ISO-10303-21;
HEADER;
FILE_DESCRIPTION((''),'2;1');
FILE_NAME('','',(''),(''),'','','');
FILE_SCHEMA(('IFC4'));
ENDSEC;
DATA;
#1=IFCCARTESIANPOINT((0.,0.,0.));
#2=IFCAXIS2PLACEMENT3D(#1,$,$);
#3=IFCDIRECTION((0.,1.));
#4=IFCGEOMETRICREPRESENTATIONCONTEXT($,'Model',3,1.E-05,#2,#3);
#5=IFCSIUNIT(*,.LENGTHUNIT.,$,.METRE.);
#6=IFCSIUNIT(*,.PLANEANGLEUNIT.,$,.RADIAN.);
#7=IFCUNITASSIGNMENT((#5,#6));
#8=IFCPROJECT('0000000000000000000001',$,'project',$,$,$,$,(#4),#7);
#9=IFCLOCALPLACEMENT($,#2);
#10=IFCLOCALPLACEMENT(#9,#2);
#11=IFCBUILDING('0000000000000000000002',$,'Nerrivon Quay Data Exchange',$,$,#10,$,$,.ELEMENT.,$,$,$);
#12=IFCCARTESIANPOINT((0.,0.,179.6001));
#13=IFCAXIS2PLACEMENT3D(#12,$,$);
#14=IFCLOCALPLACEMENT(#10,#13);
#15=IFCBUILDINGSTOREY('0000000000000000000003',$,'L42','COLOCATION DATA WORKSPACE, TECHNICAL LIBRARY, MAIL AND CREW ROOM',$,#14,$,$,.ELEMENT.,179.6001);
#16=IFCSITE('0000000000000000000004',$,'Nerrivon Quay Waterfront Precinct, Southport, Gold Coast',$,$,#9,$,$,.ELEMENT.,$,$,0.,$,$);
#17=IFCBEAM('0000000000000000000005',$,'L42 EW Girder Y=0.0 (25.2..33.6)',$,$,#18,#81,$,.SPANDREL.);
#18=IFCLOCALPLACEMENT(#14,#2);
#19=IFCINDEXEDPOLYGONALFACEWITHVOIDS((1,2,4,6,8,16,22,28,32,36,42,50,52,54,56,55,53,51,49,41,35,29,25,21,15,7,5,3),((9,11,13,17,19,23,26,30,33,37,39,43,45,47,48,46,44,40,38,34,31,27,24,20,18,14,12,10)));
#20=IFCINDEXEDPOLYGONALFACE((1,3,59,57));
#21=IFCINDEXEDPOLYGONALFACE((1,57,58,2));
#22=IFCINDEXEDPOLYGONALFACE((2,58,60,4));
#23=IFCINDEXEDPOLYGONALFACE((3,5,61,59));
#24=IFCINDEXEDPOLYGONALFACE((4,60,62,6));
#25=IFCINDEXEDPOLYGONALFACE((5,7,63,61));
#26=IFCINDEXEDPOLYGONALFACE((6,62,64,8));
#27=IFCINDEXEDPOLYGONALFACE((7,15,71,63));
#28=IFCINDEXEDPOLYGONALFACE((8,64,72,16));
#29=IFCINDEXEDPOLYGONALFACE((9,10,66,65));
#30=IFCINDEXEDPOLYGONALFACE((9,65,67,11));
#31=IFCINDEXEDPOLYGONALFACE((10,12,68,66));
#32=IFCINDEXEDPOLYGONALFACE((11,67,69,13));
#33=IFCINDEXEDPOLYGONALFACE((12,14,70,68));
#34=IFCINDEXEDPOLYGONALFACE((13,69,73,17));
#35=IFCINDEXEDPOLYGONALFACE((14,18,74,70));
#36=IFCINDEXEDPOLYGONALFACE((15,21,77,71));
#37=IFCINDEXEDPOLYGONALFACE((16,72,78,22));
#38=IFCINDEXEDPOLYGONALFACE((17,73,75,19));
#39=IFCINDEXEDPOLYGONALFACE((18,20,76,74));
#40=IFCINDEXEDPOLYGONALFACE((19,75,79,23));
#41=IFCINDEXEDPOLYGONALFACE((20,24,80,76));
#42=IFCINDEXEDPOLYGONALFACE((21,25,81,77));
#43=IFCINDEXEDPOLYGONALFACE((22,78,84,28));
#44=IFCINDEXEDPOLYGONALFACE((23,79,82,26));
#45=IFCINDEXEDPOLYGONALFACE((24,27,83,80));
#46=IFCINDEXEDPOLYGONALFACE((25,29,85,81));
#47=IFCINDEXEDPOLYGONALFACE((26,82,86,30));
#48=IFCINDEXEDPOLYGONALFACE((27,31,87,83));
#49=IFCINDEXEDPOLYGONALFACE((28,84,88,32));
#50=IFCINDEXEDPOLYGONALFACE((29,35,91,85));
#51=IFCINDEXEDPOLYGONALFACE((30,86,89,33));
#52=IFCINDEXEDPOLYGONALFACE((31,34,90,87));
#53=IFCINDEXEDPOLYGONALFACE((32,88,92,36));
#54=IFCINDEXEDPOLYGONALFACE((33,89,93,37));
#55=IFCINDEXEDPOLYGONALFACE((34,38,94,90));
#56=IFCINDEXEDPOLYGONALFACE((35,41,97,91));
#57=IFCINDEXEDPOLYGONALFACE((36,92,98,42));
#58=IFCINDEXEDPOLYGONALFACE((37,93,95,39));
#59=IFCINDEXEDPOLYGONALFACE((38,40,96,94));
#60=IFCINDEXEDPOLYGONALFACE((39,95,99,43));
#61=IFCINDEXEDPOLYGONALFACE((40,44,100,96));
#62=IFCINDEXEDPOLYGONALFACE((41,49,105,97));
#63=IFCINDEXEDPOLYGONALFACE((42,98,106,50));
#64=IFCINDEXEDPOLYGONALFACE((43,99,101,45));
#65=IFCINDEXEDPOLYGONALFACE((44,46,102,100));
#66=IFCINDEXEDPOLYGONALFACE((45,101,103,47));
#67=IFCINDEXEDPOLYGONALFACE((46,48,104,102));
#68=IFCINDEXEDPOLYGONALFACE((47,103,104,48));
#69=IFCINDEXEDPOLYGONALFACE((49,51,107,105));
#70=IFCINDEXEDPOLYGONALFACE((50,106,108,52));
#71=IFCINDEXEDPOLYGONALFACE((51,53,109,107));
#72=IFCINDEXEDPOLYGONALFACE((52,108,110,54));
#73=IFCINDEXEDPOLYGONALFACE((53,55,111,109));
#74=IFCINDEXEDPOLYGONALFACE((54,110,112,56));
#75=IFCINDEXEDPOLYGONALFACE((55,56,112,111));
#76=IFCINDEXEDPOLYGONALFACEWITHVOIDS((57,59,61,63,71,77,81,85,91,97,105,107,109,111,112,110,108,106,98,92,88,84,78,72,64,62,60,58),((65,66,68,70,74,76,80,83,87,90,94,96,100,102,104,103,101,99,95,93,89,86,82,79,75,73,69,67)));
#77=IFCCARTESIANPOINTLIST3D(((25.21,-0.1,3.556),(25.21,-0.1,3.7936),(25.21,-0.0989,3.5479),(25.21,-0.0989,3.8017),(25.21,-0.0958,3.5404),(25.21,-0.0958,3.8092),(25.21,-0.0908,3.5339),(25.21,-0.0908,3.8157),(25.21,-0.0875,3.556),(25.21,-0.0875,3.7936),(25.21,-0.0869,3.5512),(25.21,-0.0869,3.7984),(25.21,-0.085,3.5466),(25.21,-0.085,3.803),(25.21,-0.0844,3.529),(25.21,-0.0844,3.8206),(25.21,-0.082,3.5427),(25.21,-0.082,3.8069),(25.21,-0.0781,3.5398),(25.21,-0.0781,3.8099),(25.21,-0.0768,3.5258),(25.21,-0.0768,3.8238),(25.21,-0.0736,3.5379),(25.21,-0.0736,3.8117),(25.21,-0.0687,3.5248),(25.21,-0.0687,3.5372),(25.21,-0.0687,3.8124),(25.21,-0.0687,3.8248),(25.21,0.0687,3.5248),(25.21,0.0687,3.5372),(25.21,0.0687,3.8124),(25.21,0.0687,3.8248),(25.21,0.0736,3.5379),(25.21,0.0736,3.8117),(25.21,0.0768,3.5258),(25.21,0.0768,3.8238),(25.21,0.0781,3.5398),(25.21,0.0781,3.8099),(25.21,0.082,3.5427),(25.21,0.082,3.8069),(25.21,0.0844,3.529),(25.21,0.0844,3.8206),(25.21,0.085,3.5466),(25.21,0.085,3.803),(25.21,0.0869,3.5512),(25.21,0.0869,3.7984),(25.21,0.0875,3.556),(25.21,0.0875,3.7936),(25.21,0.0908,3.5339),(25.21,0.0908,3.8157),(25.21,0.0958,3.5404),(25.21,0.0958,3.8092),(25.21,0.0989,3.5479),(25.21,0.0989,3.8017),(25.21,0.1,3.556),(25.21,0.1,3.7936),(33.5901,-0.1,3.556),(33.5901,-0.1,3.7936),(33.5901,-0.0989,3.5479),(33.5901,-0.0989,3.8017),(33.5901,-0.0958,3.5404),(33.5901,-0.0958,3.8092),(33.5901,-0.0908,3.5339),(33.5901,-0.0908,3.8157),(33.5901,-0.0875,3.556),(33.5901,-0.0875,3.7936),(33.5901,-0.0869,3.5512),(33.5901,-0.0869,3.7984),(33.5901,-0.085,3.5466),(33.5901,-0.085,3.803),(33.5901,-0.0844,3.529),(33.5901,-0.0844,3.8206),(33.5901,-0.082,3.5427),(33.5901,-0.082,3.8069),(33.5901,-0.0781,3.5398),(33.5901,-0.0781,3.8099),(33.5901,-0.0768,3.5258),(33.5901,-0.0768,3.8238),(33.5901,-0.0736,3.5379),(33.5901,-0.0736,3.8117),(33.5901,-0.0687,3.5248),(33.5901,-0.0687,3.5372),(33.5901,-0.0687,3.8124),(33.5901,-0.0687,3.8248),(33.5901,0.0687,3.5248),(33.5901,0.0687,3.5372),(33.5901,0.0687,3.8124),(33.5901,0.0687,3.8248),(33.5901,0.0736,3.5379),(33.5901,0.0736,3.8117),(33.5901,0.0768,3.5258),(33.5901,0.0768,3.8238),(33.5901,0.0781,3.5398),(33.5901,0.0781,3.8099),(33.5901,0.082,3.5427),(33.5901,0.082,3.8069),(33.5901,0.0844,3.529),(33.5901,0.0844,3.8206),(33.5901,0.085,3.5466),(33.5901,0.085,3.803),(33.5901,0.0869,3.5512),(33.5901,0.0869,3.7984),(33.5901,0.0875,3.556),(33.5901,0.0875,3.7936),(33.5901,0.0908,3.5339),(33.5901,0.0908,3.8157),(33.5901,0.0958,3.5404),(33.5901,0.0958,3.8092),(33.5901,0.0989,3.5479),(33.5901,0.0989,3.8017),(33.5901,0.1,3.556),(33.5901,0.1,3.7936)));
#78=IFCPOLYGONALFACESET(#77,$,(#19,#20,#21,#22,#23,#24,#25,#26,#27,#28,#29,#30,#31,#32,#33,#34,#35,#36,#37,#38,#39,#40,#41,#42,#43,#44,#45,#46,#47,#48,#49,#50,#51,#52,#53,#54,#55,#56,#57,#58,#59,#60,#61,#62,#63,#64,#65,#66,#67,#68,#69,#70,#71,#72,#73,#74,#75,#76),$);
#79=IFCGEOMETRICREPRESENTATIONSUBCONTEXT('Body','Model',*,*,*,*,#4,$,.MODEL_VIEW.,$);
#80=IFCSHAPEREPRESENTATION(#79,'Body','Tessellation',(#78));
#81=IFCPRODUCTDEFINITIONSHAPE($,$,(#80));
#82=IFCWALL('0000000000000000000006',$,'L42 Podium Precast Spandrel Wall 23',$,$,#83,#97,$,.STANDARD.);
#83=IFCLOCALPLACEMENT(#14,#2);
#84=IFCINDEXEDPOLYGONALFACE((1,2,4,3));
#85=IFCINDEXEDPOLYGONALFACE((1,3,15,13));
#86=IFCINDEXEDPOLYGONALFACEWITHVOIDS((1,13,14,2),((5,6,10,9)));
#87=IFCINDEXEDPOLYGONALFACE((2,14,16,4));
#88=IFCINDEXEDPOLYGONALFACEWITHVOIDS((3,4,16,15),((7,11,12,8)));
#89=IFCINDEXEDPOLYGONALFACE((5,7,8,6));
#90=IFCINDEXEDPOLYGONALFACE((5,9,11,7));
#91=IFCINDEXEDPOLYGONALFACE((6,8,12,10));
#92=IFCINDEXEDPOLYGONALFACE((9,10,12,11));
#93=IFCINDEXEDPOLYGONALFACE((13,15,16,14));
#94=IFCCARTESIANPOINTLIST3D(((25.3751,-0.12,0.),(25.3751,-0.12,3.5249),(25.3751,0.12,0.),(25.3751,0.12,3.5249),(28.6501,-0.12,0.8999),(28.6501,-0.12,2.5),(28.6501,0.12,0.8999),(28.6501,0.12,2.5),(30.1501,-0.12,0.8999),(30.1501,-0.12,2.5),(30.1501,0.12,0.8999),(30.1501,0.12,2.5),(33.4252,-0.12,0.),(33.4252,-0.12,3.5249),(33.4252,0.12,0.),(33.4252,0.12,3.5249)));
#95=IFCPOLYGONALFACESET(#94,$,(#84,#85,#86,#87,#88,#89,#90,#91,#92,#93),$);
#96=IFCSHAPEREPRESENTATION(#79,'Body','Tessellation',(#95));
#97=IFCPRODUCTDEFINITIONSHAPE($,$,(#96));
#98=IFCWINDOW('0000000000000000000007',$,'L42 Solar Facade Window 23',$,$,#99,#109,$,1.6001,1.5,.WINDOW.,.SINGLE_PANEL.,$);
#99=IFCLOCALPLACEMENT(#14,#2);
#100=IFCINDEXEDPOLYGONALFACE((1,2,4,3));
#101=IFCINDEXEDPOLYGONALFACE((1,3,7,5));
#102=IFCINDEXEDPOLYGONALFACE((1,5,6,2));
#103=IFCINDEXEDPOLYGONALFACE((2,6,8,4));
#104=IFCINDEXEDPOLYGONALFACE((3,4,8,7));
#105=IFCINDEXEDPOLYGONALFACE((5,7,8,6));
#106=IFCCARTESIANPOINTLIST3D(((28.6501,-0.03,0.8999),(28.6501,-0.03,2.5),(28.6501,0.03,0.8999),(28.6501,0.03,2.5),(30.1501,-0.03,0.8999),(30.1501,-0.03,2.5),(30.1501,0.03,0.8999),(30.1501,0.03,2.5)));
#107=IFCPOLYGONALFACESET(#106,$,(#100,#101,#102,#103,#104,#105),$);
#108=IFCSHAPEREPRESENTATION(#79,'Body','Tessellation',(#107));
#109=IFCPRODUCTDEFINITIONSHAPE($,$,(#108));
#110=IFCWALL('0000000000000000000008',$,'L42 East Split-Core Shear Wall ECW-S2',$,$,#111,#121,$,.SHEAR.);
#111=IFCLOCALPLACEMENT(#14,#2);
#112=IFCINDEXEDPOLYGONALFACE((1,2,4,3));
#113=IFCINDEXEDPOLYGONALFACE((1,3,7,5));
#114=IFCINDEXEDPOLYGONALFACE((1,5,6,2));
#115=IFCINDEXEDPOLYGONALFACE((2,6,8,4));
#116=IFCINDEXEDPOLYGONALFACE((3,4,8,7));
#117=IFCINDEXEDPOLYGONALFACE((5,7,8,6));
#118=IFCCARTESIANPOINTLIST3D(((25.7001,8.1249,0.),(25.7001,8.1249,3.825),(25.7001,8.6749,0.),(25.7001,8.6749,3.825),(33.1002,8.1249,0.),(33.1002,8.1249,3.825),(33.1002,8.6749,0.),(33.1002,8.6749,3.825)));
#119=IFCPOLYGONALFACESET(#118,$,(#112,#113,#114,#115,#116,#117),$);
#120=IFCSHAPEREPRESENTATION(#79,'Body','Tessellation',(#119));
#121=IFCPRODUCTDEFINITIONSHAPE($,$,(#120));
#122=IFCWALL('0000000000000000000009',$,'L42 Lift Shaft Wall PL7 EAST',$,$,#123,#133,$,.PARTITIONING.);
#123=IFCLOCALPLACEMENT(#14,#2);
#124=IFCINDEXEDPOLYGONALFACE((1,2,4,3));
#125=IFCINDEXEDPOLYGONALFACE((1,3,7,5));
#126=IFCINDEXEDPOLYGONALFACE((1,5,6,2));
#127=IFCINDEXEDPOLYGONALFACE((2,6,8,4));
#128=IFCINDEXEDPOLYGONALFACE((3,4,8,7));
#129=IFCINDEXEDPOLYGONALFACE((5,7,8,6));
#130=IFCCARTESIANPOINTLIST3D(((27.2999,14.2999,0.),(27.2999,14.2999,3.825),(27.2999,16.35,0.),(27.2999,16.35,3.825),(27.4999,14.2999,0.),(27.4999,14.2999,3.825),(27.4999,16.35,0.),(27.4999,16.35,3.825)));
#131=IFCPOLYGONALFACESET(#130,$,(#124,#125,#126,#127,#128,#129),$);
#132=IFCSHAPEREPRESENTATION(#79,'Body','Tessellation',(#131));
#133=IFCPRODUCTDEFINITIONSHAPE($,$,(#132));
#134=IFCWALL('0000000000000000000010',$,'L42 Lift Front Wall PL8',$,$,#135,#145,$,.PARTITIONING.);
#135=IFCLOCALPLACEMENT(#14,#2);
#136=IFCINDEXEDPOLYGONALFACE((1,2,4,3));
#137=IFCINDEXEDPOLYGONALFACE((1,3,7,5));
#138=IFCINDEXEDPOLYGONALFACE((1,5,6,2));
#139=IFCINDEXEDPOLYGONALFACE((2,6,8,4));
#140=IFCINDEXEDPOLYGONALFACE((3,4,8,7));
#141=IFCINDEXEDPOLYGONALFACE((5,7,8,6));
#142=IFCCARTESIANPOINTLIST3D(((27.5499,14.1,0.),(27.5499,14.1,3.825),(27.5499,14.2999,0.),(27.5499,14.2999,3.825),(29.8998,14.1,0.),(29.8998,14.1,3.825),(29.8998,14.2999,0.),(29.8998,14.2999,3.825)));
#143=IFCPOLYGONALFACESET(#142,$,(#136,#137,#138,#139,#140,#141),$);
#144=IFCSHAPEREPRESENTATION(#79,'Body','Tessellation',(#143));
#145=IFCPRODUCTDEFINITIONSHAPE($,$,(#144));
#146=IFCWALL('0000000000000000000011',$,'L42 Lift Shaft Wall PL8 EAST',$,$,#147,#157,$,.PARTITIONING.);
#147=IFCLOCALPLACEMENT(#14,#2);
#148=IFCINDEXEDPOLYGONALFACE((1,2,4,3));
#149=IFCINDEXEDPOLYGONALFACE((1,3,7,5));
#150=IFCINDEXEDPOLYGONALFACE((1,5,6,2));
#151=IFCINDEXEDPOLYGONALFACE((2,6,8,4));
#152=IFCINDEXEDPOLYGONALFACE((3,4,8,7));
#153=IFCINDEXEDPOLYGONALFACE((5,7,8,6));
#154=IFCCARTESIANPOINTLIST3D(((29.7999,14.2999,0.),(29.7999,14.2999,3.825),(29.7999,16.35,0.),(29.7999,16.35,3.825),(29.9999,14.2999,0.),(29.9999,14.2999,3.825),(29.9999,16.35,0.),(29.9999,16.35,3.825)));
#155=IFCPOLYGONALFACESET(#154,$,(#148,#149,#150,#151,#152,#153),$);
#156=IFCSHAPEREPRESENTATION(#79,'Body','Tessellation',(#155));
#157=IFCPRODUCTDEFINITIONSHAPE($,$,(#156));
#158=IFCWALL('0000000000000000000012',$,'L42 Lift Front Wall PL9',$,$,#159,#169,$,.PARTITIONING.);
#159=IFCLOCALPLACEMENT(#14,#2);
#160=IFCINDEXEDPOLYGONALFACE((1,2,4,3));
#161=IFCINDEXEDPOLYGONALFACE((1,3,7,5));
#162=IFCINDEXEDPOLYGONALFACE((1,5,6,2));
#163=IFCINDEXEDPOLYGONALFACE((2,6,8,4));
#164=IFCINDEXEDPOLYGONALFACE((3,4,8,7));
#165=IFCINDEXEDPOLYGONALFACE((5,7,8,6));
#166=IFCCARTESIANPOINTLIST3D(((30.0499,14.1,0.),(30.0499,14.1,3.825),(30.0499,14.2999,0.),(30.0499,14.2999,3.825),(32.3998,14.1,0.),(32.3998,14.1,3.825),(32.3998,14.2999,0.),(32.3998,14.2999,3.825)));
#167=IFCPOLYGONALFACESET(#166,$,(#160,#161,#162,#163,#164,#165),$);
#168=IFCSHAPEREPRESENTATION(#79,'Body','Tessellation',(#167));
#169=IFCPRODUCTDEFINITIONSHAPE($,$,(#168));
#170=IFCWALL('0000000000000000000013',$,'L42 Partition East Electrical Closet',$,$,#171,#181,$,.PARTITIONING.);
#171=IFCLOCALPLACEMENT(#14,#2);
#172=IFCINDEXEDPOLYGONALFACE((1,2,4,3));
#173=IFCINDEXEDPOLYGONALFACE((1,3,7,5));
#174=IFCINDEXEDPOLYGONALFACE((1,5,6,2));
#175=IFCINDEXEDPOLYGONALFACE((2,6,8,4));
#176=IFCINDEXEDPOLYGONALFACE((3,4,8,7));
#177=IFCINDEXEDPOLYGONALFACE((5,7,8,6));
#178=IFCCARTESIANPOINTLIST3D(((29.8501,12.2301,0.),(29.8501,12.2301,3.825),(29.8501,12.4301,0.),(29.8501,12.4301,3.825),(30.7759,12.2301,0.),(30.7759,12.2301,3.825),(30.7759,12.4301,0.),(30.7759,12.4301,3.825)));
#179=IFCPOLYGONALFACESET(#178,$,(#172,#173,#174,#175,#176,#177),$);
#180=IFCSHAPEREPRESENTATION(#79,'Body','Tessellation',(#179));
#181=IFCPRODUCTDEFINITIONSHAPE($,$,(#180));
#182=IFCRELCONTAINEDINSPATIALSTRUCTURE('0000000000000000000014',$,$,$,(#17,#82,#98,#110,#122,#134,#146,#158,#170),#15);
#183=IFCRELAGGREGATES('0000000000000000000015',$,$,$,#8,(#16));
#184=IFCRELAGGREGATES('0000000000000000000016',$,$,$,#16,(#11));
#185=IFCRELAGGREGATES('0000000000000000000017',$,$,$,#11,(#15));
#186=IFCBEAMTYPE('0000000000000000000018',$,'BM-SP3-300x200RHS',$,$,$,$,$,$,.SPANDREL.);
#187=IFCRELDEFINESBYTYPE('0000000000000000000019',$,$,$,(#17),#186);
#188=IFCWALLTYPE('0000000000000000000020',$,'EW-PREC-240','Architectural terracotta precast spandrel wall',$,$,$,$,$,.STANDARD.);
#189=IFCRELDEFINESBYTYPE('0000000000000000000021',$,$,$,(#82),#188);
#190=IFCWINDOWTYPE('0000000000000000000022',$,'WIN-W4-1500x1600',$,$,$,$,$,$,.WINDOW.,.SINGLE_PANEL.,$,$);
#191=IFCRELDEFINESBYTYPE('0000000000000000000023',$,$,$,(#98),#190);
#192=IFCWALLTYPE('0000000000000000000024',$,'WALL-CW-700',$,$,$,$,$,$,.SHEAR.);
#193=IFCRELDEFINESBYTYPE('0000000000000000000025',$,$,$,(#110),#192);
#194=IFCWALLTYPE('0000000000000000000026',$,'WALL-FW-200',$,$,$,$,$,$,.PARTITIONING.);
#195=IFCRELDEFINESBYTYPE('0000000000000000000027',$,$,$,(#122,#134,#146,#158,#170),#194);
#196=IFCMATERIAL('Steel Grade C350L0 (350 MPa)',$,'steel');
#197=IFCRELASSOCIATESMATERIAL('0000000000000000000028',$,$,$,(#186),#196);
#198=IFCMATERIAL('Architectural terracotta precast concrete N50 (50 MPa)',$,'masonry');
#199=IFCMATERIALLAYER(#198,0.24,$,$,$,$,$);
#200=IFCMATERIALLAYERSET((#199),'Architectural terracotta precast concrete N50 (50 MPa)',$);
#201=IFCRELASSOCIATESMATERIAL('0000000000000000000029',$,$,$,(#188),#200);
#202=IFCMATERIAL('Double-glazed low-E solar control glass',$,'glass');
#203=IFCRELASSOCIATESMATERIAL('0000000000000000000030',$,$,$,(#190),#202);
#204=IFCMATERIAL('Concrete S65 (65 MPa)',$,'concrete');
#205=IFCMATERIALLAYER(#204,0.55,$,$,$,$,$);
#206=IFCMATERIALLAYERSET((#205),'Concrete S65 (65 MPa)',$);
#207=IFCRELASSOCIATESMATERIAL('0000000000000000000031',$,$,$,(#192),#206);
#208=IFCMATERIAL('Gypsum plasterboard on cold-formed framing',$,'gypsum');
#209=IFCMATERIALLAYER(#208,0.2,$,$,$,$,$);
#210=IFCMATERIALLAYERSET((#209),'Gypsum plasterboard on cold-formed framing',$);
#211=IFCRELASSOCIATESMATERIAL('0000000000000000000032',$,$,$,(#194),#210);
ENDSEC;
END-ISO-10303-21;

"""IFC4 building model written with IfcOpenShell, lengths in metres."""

from ifc_helpers import new_model, si_unit, direction, frame, frame_2d, origin, origin_2d, place, context, subcontext, project, spatial, rectangle, hollow_rectangle, extrude, material, layer, layer_set, material_profile, profile_set, type_object, element, fill, save


model = new_model("IFC4")

# Units and contexts
model_context = context("Model", 3, precision=1e-05, world=origin(), true_north=direction((0.0, 1.0)))
body_context = subcontext(model_context, "Body", "Model", "MODEL_VIEW")
ifc_project = project(units=[si_unit("LENGTHUNIT", "METRE"), si_unit("PLANEANGLEUNIT", "RADIAN")], contexts=[model_context])

# Site, building, storey
site_placement = place(None, origin())
site = spatial("IfcSite", under=ifc_project, at=site_placement, Name="Nerrivon Quay Waterfront Precinct, Southport, Gold Coast", CompositionType="ELEMENT", RefElevation=0.0)
building_placement = place(site_placement, origin())
building = spatial("IfcBuilding", under=site, at=building_placement, Name="Nerrivon Quay Data Exchange", CompositionType="ELEMENT")
storey_placement = place(building_placement, frame((0.0, 0.0, 179.6001)))
storey = spatial("IfcBuildingStorey", under=building, at=storey_placement, Name="L42", Description="COLOCATION DATA WORKSPACE, TECHNICAL LIBRARY, MAIL AND CREW ROOM", CompositionType="ELEMENT", Elevation=179.6001)

# Shared definitions
ifc_material_1 = material(Name="Concrete S65 (65 MPa)", Category="concrete")

# Beam
ifc_material_2 = material(Name="Steel Grade C350L0 (350 MPa)", Category="steel")
ifc_material_profile_1 = material_profile(ifc_material_2, hollow_rectangle(XDim=0.2, YDim=0.3, WallThickness=0.0125, InnerFilletRadius=0.0188, OuterFilletRadius=0.0312, at=origin_2d()), Name="300x200x12.5RHS")
ifc_profile_set_1 = profile_set([ifc_material_profile_1], Name="Steel Grade C350L0 (350 MPa)")
beam_type_1 = type_object("IfcBeamType", Name="BM-SP3-300x200RHS", PredefinedType="SPANDREL", material=ifc_profile_set_1)
beam_1_placement = place(storey_placement, frame((25.21, 0.0, 3.6748), z_axis=(1.0, 0.0, 0.0), x_axis=(0.0, 1.0, 0.0)))
element("IfcBeam", 1, at=beam_1_placement, inside=storey, type_object=beam_type_1, Name="L42 EW Girder Y=0.0 (25.2..33.6)", PredefinedType="SPANDREL", context=body_context, shape_type="SweptSolid", body=[
    extrude(hollow_rectangle(XDim=0.2, YDim=0.3, WallThickness=0.0125, InnerFilletRadius=0.0188, OuterFilletRadius=0.0312, at=origin_2d()), origin(), (0.0, 0.0, 1.0), 8.3801),
])

# Wall, opening, window
ifc_material_3 = material(Name="Architectural terracotta precast concrete N50 (50 MPa)", Category="masonry")
ifc_layer_1 = layer(ifc_material_3, 0.24)
ifc_layer_set_1 = layer_set([ifc_layer_1], Name="Architectural terracotta precast concrete N50 (50 MPa)")
wall_type_1 = type_object("IfcWallType", Name="EW-PREC-240", Description="Architectural terracotta precast spandrel wall", PredefinedType="STANDARD", material=ifc_layer_set_1)
wall_1_placement = place(storey_placement, frame((33.425, 0.0, 0.0), z_axis=(0.0, 0.0, 1.0), x_axis=(-1.0, 0.0, 0.0)))
wall_1 = element("IfcWall", 2, at=wall_1_placement, inside=storey, type_object=wall_type_1, Name="L42 Podium Precast Spandrel Wall 23", PredefinedType="STANDARD", context=body_context, shape_type="SweptSolid", body=[
    extrude(rectangle(XDim=8.05, YDim=0.24, at=frame_2d((4.0249, 0.0))), origin(), (0.0, 0.0, 1.0), 3.5249),
])
opening_1_placement = place(wall_1_placement, frame((3.2749, 0.0, 0.8999)))
opening_1 = element("IfcOpeningElement", 3, at=opening_1_placement, cuts=wall_1, PredefinedType="OPENING", context=body_context, shape_type="SweptSolid", body=[
    extrude(rectangle(XDim=1.5, YDim=1.6001, at=frame_2d((0.75, 0.8))), frame((0.0, 0.1299, 0.0), z_axis=(0.0, -1.0, 0.0), x_axis=(1.0, 0.0, 0.0)), (0.0, 0.0, 1.0), 0.26),
])
ifc_material_4 = material(Name="Double-glazed low-E solar control glass", Category="glass")
window_type = type_object("IfcWindowType", Name="WIN-W4-1500x1600", PartitioningType="SINGLE_PANEL", PredefinedType="WINDOW", material=ifc_material_4)
window_placement = place(opening_1_placement, origin())
window = element("IfcWindow", 4, at=window_placement, inside=storey, type_object=window_type, Name="L42 Solar Facade Window 23", OverallHeight=1.6001, OverallWidth=1.5, PartitioningType="SINGLE_PANEL", PredefinedType="WINDOW", context=body_context, shape_type="SweptSolid", body=[
    extrude(rectangle(XDim=1.5, YDim=1.6001, at=frame_2d((0.75, 0.8))), frame((0.0, 0.03, 0.0), z_axis=(0.0, -1.0, 0.0), x_axis=(1.0, 0.0, 0.0)), (0.0, 0.0, 1.0), 0.0601),
])
fill(opening_1, window)

# Wall
ifc_layer_2 = layer(ifc_material_1, 0.55)
ifc_layer_set_2 = layer_set([ifc_layer_2], Name="Concrete S65 (65 MPa)")
wall_type_2 = type_object("IfcWallType", Name="WALL-CW-700", PredefinedType="SHEAR", material=ifc_layer_set_2)
wall_2_placement = place(storey_placement, frame((25.7, 8.3999, 0.0), z_axis=(0.0, 0.0, 1.0), x_axis=(1.0, 0.0, 0.0)))
element("IfcWall", 5, at=wall_2_placement, inside=storey, type_object=wall_type_2, Name="L42 East Split-Core Shear Wall ECW-S2", PredefinedType="SHEAR", context=body_context, shape_type="SweptSolid", body=[
    extrude(rectangle(XDim=7.4001, YDim=0.55, at=frame_2d((3.7002, 0.0))), origin(), (0.0, 0.0, 1.0), 3.825),
])

# Walls
ifc_material_5 = material(Name="Gypsum plasterboard on cold-formed framing", Category="gypsum")
ifc_layer_3 = layer(ifc_material_5, 0.2)
ifc_layer_set_3 = layer_set([ifc_layer_3], Name="Gypsum plasterboard on cold-formed framing")
wall_type_3 = type_object("IfcWallType", Name="WALL-FW-200", PredefinedType="PARTITIONING", material=ifc_layer_set_3)
wall_3_placement = place(storey_placement, frame((27.3999, 14.3, 0.0), z_axis=(0.0, 0.0, 1.0), x_axis=(0.0, 1.0, 0.0)))
element("IfcWall", 6, at=wall_3_placement, inside=storey, type_object=wall_type_3, Name="L42 Lift Shaft Wall PL7 EAST", PredefinedType="PARTITIONING", context=body_context, shape_type="SweptSolid", body=[
    extrude(rectangle(XDim=2.05, YDim=0.2, at=frame_2d((1.0249, 0.0))), origin(), (0.0, 0.0, 1.0), 3.825),
])
wall_4_placement = place(storey_placement, frame((27.55, 14.2, 0.0), z_axis=(0.0, 0.0, 1.0), x_axis=(1.0, 0.0, 0.0)))
element("IfcWall", 7, at=wall_4_placement, inside=storey, type_object=wall_type_3, Name="L42 Lift Front Wall PL8", PredefinedType="PARTITIONING", context=body_context, shape_type="SweptSolid", body=[
    extrude(rectangle(XDim=2.3499, YDim=0.2, at=frame_2d((1.1748, 0.0))), origin(), (0.0, 0.0, 1.0), 3.825),
])
wall_5_placement = place(storey_placement, frame((29.8999, 14.3, 0.0), z_axis=(0.0, 0.0, 1.0), x_axis=(0.0, 1.0, 0.0)))
element("IfcWall", 8, at=wall_5_placement, inside=storey, type_object=wall_type_3, Name="L42 Lift Shaft Wall PL8 EAST", PredefinedType="PARTITIONING", context=body_context, shape_type="SweptSolid", body=[
    extrude(rectangle(XDim=2.05, YDim=0.2, at=frame_2d((1.0249, 0.0))), origin(), (0.0, 0.0, 1.0), 3.825),
])
wall_6_placement = place(storey_placement, frame((30.05, 14.2, 0.0), z_axis=(0.0, 0.0, 1.0), x_axis=(1.0, 0.0, 0.0)))
element("IfcWall", 9, at=wall_6_placement, inside=storey, type_object=wall_type_3, Name="L42 Lift Front Wall PL9", PredefinedType="PARTITIONING", context=body_context, shape_type="SweptSolid", body=[
    extrude(rectangle(XDim=2.3499, YDim=0.2, at=frame_2d((1.1748, 0.0))), origin(), (0.0, 0.0, 1.0), 3.825),
])

# Wall
for number, where, z_axis, x_axis, name in (
    (10, (30.7759, 12.3301, 0.0), (0.0, 0.0, 1.0), (-1.0, 0.0, 0.0), "L42 Partition East Electrical Closet"),
):
    element("IfcWall", number, at=place(storey_placement, frame(where, z_axis=z_axis, x_axis=x_axis)), inside=storey, type_object=wall_type_3, Name=name, PredefinedType="PARTITIONING", context=body_context, shape_type="SweptSolid", body=[
        extrude(rectangle(XDim=0.9258, YDim=0.2, at=frame_2d((0.4629, 0.0))), origin(), (0.0, 0.0, 1.0), 3.825),
    ])

save(model, "model.ifc")
